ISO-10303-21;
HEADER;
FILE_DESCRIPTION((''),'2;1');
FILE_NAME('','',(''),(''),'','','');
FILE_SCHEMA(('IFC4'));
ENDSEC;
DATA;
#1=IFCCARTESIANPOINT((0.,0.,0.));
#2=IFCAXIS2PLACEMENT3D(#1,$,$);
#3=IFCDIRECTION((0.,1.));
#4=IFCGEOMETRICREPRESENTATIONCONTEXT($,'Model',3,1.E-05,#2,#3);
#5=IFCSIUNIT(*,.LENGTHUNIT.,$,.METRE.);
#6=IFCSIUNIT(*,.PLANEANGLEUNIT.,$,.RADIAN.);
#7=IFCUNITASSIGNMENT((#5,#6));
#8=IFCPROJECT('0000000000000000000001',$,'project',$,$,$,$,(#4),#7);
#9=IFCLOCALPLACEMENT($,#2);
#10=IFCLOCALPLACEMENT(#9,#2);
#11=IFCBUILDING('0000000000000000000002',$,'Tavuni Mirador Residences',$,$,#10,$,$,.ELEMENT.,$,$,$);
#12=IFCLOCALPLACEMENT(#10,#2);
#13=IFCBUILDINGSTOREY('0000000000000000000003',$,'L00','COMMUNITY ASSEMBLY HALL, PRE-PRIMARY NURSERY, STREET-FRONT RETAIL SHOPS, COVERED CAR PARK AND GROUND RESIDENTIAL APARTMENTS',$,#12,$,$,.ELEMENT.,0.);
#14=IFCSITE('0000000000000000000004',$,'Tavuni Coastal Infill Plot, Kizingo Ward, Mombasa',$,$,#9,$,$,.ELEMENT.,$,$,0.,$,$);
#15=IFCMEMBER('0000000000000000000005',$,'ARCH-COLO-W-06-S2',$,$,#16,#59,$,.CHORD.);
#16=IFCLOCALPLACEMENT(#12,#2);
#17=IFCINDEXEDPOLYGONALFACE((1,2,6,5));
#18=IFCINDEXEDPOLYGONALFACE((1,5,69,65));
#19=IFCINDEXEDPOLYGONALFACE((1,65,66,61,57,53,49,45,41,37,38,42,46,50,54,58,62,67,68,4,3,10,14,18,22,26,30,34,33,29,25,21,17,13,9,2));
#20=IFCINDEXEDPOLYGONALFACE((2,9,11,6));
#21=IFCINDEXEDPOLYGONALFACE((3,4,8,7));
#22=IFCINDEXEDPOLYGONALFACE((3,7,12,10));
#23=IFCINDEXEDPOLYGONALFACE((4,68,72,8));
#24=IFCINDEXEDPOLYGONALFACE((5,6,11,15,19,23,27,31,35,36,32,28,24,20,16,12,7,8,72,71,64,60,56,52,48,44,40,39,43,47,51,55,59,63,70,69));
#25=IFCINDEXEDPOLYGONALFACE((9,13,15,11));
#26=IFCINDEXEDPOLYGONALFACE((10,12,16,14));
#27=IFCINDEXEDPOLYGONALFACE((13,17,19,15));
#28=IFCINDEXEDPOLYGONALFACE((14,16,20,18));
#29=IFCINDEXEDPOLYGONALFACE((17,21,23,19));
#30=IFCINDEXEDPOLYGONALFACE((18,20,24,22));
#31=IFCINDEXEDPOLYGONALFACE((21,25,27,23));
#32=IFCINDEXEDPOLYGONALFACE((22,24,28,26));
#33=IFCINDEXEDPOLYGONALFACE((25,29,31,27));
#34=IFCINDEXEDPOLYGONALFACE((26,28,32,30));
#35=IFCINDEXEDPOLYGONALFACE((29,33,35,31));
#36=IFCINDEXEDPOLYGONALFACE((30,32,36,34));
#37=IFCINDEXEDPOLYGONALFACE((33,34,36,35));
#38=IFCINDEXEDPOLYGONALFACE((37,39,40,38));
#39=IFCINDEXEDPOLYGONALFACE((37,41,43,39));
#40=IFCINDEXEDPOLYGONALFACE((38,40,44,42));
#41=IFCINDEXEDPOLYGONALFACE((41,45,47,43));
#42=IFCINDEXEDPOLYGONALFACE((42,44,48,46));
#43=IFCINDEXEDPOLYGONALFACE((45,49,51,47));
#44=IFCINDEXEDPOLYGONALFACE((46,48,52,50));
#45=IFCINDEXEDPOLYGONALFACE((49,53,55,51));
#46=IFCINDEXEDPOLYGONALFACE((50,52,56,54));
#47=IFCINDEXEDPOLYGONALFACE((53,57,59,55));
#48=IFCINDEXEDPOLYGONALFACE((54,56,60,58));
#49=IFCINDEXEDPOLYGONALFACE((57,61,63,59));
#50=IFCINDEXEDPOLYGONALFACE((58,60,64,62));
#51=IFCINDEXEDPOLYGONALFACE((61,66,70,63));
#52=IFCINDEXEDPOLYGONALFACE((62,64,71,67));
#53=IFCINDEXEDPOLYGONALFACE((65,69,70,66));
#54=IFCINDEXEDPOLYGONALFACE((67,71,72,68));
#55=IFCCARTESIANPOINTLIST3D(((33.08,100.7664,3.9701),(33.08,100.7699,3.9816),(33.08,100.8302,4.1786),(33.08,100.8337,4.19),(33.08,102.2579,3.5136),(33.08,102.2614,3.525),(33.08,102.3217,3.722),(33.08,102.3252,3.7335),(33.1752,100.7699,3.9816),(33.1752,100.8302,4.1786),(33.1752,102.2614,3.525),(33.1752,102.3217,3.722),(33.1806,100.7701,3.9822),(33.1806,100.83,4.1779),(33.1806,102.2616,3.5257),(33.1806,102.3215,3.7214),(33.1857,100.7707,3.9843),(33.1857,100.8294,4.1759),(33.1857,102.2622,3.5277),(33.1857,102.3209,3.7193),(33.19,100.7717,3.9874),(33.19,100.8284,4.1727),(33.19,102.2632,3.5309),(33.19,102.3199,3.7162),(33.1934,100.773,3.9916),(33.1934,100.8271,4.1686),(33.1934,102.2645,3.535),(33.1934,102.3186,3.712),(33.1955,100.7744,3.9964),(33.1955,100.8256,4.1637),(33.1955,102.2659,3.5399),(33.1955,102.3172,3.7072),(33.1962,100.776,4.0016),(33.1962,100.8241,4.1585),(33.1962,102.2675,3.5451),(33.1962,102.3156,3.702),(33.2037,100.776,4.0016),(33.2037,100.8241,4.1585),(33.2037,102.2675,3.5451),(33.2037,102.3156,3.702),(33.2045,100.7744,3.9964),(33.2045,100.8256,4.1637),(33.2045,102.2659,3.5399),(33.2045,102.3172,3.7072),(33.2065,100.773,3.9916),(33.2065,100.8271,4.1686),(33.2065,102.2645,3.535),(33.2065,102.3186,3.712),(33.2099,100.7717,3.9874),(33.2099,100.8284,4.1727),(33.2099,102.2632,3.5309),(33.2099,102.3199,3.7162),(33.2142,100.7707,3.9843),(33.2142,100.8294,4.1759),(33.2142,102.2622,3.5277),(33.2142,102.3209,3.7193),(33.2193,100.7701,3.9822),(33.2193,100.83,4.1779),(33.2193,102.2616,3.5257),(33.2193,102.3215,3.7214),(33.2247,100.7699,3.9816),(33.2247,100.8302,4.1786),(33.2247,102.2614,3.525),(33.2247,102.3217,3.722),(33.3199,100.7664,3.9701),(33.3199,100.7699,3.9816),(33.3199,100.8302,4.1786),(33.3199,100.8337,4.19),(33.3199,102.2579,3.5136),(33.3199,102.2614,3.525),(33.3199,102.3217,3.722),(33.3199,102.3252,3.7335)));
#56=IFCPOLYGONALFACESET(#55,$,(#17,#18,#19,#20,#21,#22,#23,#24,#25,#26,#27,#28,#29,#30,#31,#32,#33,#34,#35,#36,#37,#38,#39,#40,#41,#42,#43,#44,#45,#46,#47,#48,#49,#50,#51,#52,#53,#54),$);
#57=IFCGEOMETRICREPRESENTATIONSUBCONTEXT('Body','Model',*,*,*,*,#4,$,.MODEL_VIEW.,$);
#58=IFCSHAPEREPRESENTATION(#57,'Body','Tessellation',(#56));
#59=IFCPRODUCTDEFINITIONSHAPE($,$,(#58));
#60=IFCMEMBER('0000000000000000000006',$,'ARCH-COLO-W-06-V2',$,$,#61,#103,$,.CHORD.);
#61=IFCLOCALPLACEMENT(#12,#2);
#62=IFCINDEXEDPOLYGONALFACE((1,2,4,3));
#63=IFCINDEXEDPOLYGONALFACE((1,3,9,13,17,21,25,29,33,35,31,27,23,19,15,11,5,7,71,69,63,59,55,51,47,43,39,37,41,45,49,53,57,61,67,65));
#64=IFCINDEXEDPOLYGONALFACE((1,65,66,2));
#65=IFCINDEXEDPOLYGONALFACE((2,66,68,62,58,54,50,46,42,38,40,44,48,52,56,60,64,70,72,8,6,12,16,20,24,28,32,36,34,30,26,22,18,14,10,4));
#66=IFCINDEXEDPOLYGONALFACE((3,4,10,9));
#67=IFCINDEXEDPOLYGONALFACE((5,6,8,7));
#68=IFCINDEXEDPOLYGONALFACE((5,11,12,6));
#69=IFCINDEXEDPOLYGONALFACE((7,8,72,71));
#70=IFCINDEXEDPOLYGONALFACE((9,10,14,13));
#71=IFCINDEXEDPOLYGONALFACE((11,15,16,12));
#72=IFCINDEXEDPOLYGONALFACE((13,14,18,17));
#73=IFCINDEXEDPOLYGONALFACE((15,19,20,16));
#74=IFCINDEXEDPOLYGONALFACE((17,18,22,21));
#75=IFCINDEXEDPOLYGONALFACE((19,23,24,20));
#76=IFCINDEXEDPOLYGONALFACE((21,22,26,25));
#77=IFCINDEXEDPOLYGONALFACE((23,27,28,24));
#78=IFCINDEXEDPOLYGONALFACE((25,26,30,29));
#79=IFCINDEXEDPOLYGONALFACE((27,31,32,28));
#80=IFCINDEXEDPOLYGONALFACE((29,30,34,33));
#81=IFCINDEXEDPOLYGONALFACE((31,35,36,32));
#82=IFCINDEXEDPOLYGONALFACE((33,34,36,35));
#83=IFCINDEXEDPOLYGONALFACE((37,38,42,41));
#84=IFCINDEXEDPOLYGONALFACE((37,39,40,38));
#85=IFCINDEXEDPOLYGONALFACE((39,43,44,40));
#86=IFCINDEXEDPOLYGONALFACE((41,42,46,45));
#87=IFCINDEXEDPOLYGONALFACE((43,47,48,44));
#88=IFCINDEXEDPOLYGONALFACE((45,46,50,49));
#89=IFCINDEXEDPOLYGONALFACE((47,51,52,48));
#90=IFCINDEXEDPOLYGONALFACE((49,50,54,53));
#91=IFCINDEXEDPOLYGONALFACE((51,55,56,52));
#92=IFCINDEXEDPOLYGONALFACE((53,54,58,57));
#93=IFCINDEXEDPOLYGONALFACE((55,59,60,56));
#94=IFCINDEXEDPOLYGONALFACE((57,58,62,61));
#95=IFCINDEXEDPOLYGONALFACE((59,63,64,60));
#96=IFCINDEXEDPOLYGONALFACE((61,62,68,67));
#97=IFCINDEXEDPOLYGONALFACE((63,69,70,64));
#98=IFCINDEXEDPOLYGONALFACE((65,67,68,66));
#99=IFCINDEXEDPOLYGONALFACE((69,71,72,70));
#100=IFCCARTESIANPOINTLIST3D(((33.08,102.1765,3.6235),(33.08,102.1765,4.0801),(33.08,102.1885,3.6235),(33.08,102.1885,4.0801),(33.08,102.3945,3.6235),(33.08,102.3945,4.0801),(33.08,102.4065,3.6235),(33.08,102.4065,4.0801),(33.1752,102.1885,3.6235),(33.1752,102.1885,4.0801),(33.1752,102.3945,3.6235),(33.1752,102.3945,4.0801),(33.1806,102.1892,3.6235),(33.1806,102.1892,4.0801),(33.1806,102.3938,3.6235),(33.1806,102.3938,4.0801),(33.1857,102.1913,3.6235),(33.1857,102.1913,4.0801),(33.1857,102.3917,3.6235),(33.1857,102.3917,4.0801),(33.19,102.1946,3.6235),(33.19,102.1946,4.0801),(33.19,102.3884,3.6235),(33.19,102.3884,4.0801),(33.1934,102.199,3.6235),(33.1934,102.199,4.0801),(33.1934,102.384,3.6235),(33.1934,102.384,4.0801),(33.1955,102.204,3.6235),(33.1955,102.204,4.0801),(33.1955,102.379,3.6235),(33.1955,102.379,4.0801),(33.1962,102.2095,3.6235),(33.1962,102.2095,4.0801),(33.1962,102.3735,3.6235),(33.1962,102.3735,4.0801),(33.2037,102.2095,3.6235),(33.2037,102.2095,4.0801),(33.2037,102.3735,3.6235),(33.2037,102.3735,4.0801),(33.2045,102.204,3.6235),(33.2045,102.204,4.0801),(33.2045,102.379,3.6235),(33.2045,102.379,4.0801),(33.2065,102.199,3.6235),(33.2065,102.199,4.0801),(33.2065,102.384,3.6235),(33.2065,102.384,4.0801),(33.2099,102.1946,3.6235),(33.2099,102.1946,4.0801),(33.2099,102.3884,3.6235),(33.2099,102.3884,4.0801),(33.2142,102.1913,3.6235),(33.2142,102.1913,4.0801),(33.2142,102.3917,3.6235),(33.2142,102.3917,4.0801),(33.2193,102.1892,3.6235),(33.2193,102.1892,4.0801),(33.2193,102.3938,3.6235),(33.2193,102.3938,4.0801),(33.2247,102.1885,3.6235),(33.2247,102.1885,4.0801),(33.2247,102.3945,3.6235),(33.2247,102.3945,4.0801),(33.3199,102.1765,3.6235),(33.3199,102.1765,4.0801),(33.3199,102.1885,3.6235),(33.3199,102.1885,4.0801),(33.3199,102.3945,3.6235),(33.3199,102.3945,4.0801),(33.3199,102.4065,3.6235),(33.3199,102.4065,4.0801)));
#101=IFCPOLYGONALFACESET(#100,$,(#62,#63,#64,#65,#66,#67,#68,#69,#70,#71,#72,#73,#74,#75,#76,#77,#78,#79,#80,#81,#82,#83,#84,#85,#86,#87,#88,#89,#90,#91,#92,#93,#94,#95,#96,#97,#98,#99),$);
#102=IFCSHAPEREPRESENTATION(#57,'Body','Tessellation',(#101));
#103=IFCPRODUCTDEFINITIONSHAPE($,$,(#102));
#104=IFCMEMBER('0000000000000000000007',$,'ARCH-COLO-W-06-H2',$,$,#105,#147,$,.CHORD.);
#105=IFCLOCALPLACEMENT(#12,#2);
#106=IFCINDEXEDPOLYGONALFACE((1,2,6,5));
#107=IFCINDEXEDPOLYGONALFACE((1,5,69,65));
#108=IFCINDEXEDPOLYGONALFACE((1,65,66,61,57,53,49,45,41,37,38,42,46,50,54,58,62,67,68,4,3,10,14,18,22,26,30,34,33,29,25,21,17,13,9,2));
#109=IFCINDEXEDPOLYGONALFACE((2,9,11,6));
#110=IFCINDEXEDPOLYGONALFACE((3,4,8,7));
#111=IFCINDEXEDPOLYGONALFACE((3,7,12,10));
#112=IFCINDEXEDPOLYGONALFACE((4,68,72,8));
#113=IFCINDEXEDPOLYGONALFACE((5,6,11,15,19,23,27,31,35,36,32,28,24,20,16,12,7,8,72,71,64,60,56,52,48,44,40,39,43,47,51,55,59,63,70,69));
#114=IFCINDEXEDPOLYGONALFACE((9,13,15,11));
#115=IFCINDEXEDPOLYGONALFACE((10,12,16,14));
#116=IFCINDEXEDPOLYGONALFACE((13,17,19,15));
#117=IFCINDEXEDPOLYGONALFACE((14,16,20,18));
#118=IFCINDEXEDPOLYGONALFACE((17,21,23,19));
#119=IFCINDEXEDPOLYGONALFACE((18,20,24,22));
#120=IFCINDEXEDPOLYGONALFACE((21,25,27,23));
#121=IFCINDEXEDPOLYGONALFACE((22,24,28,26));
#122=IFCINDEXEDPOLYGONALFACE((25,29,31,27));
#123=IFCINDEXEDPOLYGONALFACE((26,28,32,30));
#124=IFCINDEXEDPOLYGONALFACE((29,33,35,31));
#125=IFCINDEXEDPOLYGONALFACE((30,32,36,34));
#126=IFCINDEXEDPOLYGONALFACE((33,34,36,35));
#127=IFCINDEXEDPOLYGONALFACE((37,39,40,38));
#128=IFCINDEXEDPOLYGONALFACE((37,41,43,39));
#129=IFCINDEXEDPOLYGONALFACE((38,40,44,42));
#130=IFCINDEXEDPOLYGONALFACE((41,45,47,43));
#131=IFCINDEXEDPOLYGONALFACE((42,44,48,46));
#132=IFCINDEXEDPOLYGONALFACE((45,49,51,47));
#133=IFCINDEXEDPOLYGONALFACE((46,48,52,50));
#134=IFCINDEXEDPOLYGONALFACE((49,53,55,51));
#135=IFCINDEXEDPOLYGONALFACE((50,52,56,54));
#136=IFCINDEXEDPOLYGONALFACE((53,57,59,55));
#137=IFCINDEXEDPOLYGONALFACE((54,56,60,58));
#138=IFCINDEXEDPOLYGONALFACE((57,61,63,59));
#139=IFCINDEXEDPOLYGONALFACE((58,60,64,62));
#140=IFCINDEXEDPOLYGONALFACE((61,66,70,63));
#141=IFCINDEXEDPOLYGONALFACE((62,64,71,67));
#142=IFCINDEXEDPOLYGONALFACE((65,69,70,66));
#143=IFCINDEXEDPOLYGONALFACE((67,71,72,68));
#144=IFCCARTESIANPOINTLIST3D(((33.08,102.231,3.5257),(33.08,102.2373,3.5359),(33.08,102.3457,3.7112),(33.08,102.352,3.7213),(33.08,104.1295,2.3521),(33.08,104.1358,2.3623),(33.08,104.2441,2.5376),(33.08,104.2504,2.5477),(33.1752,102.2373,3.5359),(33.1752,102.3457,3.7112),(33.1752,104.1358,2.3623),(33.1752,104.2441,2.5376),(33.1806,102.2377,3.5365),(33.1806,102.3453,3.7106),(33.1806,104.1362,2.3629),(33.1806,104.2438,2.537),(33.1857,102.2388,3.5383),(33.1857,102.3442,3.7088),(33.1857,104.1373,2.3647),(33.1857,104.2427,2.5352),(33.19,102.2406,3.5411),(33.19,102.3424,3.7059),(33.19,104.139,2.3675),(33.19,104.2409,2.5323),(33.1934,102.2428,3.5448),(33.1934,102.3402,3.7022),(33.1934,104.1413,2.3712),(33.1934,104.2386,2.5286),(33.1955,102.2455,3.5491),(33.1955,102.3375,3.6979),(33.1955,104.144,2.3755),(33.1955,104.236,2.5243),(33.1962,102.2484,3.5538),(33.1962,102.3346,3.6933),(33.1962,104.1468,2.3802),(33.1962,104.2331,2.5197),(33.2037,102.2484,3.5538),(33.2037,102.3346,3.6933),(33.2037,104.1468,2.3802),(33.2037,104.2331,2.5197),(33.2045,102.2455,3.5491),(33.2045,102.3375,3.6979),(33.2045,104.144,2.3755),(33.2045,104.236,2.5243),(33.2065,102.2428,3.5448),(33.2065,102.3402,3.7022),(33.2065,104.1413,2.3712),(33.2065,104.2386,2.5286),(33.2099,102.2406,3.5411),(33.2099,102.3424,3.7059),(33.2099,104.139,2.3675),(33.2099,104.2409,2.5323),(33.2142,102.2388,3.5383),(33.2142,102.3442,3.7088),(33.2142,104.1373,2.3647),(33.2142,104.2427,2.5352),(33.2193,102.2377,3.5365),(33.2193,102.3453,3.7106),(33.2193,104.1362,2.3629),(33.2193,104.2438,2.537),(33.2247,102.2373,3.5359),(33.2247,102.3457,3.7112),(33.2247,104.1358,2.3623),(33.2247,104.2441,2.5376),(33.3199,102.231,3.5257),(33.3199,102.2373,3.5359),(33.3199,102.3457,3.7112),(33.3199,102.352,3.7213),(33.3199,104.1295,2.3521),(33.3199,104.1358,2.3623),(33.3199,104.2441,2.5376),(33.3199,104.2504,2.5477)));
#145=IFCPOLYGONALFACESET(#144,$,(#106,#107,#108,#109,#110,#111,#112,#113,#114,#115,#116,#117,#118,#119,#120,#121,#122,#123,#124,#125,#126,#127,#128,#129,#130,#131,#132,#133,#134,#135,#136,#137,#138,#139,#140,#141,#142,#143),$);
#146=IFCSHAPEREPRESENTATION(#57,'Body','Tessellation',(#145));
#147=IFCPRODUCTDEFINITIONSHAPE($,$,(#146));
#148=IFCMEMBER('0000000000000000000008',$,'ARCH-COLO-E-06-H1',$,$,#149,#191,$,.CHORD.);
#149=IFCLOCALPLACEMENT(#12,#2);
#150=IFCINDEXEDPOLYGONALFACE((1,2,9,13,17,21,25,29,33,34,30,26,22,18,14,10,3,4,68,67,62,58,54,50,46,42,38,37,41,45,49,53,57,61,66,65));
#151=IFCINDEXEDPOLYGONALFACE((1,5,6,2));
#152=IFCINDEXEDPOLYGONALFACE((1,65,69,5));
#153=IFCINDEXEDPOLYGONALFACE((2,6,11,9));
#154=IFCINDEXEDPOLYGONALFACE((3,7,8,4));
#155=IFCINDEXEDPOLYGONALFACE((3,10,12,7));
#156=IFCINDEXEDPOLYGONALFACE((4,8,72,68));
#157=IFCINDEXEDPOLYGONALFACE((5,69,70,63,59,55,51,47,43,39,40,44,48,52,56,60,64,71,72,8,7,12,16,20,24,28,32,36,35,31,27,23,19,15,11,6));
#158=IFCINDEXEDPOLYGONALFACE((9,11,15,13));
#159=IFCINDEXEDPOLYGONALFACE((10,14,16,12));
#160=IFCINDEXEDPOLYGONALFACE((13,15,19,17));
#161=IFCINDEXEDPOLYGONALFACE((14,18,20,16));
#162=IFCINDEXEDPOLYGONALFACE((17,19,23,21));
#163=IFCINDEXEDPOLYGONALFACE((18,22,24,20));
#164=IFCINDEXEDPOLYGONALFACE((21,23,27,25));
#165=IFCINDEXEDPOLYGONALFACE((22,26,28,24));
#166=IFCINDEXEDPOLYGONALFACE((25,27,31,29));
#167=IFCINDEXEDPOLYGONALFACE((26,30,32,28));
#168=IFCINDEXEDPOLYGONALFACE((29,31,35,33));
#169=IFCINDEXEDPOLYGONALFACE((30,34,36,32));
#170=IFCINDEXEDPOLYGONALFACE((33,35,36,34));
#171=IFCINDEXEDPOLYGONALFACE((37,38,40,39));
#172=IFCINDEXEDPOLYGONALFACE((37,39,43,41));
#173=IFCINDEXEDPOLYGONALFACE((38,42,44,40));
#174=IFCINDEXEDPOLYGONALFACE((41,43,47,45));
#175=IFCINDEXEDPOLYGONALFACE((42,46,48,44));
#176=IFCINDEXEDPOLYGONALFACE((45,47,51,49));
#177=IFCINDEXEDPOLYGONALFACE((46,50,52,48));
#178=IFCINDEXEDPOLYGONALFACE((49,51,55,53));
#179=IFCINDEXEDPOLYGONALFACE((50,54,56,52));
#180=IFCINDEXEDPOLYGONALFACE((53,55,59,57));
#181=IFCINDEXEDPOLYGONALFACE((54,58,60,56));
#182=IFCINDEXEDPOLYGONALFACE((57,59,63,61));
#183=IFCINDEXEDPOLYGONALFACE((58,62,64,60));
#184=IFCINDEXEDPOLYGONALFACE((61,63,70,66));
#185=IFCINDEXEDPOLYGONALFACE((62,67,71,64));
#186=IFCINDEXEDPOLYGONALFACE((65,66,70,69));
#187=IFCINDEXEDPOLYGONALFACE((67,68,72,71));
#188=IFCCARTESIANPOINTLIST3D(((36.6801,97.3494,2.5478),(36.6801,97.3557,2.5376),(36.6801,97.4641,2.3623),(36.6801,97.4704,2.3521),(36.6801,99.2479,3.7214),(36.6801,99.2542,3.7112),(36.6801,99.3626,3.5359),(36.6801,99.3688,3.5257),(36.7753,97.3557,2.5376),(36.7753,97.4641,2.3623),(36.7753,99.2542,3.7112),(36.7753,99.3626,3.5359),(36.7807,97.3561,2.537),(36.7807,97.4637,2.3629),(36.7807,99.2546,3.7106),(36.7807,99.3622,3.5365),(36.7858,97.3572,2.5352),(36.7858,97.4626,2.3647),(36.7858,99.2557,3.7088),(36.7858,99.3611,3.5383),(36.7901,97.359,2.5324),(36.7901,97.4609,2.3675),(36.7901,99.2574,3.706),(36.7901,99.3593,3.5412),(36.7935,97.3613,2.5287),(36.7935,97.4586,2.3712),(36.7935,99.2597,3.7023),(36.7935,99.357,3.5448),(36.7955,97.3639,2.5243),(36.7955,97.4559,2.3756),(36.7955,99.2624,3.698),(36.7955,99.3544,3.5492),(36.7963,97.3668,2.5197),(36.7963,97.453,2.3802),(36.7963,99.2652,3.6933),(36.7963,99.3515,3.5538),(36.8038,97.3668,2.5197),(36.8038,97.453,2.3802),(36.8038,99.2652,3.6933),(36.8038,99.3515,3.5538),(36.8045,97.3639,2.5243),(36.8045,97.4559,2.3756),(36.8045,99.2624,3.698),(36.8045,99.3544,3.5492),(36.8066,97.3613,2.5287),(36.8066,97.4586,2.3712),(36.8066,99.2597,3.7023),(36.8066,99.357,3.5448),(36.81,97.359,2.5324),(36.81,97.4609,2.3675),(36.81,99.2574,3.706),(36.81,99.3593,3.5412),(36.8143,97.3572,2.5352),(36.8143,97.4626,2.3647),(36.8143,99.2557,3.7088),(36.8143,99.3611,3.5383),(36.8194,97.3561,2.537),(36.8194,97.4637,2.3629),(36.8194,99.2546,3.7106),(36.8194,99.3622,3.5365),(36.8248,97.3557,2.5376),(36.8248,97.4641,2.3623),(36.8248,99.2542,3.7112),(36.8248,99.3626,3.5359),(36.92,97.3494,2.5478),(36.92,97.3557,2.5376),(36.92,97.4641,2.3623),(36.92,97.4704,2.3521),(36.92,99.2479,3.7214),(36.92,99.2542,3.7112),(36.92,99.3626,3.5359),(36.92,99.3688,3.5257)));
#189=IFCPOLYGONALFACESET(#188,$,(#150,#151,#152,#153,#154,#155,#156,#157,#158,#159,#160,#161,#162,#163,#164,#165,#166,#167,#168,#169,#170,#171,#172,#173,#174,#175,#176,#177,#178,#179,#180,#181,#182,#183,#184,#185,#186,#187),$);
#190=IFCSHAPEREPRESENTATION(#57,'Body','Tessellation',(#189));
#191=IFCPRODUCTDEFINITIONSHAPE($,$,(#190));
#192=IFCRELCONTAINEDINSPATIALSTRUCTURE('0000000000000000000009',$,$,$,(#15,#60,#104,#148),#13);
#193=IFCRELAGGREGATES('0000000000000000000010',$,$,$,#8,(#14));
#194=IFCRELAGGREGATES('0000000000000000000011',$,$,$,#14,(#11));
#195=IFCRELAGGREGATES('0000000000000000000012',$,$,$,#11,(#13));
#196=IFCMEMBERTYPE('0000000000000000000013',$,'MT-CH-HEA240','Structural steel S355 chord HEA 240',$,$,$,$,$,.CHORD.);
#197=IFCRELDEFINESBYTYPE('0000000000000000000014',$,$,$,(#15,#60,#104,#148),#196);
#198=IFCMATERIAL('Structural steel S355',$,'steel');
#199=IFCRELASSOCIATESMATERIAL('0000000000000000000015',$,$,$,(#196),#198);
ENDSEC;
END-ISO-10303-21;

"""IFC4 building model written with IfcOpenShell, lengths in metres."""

from ifc_helpers import new_model, si_unit, direction, frame, origin, origin_2d, place, context, subcontext, project, spatial, i_section, extrude, material, material_profile, profile_set, type_object, element, save


model = new_model("IFC4")

# Units and contexts
model_context = context("Model", 3, precision=1e-05, world=origin(), true_north=direction((0.0, 1.0)))
body_context = subcontext(model_context, "Body", "Model", "MODEL_VIEW")
ifc_project = project(units=[si_unit("LENGTHUNIT", "METRE"), si_unit("PLANEANGLEUNIT", "RADIAN")], contexts=[model_context])

# Site, building, storey
site_placement = place(None, origin())
site = spatial("IfcSite", under=ifc_project, at=site_placement, Name="Tavuni Coastal Infill Plot, Kizingo Ward, Mombasa", CompositionType="ELEMENT", RefElevation=0.0)
building_placement = place(site_placement, origin())
building = spatial("IfcBuilding", under=site, at=building_placement, Name="Tavuni Mirador Residences", CompositionType="ELEMENT")
storey_placement = place(building_placement, origin())
storey = spatial("IfcBuildingStorey", under=building, at=storey_placement, Name="L00", Description="COMMUNITY ASSEMBLY HALL, PRE-PRIMARY NURSERY, STREET-FRONT RETAIL SHOPS, COVERED CAR PARK AND GROUND RESIDENTIAL APARTMENTS", CompositionType="ELEMENT", Elevation=0.0)

# Members
ifc_material_1 = material(Name="Structural steel S355", Category="steel")
ifc_material_profile_1 = material_profile(ifc_material_1, i_section(OverallWidth=0.24, OverallDepth=0.23, WebThickness=0.0076, FlangeThickness=0.012, FilletRadius=0.021, at=origin_2d()), Name="HEA 240", Category="steel")
ifc_profile_set_1 = profile_set([ifc_material_profile_1], Name="Structural steel S355")
member_type_1 = type_object("IfcMemberType", Name="MT-CH-HEA240", Description="Structural steel S355 chord HEA 240", PredefinedType="CHORD", material=ifc_profile_set_1)
member_1_placement = place(storey_placement, frame((33.2, 100.8, 4.0801), z_axis=(0.0, 0.956204, -0.2927), x_axis=(-1.0, 0.0, 0.0)))
element("IfcMember", 1, at=member_1_placement, inside=storey, type_object=member_type_1, Name="ARCH-COLO-W-06-S2", PredefinedType="CHORD", context=body_context, shape_type="SweptSolid", body=[
    extrude(i_section(OverallWidth=0.24, OverallDepth=0.23, WebThickness=0.0076, FlangeThickness=0.012, FilletRadius=0.021, at=origin_2d()), origin(), (0.0, 0.0, 1.0), 1.5598),
])
member_2_placement = place(storey_placement, frame((33.2, 102.2915, 3.6235), z_axis=(0.0, 0.0, 1.0), x_axis=(1.0, 0.0, 0.0)))
element("IfcMember", 2, at=member_2_placement, inside=storey, type_object=member_type_1, Name="ARCH-COLO-W-06-V2", PredefinedType="CHORD", context=body_context, shape_type="SweptSolid", body=[
    extrude(i_section(OverallWidth=0.24, OverallDepth=0.23, WebThickness=0.0076, FlangeThickness=0.012, FilletRadius=0.021, at=origin_2d()), origin(), (0.0, 0.0, 1.0), 0.4565),
])
for number, where, z_axis, x_axis, name in (
    (3, (33.2, 102.2915, 3.6235), (0.0, 0.850594, -0.525824), (-1.0, 0.0, 0.0), "ARCH-COLO-W-06-H2"),
    (4, (36.8, 97.4099, 2.45), (0.0, 0.850594, 0.525824), (-1.0, 0.0, 0.0), "ARCH-COLO-E-06-H1"),
):
    element("IfcMember", number, at=place(storey_placement, frame(where, z_axis=z_axis, x_axis=x_axis)), inside=storey, type_object=member_type_1, Name=name, PredefinedType="CHORD", context=body_context, shape_type="SweptSolid", body=[
        extrude(i_section(OverallWidth=0.24, OverallDepth=0.23, WebThickness=0.0076, FlangeThickness=0.012, FilletRadius=0.021, at=origin_2d()), origin(), (0.0, 0.0, 1.0), 2.2319),
    ])

save(model, "model.ifc")
